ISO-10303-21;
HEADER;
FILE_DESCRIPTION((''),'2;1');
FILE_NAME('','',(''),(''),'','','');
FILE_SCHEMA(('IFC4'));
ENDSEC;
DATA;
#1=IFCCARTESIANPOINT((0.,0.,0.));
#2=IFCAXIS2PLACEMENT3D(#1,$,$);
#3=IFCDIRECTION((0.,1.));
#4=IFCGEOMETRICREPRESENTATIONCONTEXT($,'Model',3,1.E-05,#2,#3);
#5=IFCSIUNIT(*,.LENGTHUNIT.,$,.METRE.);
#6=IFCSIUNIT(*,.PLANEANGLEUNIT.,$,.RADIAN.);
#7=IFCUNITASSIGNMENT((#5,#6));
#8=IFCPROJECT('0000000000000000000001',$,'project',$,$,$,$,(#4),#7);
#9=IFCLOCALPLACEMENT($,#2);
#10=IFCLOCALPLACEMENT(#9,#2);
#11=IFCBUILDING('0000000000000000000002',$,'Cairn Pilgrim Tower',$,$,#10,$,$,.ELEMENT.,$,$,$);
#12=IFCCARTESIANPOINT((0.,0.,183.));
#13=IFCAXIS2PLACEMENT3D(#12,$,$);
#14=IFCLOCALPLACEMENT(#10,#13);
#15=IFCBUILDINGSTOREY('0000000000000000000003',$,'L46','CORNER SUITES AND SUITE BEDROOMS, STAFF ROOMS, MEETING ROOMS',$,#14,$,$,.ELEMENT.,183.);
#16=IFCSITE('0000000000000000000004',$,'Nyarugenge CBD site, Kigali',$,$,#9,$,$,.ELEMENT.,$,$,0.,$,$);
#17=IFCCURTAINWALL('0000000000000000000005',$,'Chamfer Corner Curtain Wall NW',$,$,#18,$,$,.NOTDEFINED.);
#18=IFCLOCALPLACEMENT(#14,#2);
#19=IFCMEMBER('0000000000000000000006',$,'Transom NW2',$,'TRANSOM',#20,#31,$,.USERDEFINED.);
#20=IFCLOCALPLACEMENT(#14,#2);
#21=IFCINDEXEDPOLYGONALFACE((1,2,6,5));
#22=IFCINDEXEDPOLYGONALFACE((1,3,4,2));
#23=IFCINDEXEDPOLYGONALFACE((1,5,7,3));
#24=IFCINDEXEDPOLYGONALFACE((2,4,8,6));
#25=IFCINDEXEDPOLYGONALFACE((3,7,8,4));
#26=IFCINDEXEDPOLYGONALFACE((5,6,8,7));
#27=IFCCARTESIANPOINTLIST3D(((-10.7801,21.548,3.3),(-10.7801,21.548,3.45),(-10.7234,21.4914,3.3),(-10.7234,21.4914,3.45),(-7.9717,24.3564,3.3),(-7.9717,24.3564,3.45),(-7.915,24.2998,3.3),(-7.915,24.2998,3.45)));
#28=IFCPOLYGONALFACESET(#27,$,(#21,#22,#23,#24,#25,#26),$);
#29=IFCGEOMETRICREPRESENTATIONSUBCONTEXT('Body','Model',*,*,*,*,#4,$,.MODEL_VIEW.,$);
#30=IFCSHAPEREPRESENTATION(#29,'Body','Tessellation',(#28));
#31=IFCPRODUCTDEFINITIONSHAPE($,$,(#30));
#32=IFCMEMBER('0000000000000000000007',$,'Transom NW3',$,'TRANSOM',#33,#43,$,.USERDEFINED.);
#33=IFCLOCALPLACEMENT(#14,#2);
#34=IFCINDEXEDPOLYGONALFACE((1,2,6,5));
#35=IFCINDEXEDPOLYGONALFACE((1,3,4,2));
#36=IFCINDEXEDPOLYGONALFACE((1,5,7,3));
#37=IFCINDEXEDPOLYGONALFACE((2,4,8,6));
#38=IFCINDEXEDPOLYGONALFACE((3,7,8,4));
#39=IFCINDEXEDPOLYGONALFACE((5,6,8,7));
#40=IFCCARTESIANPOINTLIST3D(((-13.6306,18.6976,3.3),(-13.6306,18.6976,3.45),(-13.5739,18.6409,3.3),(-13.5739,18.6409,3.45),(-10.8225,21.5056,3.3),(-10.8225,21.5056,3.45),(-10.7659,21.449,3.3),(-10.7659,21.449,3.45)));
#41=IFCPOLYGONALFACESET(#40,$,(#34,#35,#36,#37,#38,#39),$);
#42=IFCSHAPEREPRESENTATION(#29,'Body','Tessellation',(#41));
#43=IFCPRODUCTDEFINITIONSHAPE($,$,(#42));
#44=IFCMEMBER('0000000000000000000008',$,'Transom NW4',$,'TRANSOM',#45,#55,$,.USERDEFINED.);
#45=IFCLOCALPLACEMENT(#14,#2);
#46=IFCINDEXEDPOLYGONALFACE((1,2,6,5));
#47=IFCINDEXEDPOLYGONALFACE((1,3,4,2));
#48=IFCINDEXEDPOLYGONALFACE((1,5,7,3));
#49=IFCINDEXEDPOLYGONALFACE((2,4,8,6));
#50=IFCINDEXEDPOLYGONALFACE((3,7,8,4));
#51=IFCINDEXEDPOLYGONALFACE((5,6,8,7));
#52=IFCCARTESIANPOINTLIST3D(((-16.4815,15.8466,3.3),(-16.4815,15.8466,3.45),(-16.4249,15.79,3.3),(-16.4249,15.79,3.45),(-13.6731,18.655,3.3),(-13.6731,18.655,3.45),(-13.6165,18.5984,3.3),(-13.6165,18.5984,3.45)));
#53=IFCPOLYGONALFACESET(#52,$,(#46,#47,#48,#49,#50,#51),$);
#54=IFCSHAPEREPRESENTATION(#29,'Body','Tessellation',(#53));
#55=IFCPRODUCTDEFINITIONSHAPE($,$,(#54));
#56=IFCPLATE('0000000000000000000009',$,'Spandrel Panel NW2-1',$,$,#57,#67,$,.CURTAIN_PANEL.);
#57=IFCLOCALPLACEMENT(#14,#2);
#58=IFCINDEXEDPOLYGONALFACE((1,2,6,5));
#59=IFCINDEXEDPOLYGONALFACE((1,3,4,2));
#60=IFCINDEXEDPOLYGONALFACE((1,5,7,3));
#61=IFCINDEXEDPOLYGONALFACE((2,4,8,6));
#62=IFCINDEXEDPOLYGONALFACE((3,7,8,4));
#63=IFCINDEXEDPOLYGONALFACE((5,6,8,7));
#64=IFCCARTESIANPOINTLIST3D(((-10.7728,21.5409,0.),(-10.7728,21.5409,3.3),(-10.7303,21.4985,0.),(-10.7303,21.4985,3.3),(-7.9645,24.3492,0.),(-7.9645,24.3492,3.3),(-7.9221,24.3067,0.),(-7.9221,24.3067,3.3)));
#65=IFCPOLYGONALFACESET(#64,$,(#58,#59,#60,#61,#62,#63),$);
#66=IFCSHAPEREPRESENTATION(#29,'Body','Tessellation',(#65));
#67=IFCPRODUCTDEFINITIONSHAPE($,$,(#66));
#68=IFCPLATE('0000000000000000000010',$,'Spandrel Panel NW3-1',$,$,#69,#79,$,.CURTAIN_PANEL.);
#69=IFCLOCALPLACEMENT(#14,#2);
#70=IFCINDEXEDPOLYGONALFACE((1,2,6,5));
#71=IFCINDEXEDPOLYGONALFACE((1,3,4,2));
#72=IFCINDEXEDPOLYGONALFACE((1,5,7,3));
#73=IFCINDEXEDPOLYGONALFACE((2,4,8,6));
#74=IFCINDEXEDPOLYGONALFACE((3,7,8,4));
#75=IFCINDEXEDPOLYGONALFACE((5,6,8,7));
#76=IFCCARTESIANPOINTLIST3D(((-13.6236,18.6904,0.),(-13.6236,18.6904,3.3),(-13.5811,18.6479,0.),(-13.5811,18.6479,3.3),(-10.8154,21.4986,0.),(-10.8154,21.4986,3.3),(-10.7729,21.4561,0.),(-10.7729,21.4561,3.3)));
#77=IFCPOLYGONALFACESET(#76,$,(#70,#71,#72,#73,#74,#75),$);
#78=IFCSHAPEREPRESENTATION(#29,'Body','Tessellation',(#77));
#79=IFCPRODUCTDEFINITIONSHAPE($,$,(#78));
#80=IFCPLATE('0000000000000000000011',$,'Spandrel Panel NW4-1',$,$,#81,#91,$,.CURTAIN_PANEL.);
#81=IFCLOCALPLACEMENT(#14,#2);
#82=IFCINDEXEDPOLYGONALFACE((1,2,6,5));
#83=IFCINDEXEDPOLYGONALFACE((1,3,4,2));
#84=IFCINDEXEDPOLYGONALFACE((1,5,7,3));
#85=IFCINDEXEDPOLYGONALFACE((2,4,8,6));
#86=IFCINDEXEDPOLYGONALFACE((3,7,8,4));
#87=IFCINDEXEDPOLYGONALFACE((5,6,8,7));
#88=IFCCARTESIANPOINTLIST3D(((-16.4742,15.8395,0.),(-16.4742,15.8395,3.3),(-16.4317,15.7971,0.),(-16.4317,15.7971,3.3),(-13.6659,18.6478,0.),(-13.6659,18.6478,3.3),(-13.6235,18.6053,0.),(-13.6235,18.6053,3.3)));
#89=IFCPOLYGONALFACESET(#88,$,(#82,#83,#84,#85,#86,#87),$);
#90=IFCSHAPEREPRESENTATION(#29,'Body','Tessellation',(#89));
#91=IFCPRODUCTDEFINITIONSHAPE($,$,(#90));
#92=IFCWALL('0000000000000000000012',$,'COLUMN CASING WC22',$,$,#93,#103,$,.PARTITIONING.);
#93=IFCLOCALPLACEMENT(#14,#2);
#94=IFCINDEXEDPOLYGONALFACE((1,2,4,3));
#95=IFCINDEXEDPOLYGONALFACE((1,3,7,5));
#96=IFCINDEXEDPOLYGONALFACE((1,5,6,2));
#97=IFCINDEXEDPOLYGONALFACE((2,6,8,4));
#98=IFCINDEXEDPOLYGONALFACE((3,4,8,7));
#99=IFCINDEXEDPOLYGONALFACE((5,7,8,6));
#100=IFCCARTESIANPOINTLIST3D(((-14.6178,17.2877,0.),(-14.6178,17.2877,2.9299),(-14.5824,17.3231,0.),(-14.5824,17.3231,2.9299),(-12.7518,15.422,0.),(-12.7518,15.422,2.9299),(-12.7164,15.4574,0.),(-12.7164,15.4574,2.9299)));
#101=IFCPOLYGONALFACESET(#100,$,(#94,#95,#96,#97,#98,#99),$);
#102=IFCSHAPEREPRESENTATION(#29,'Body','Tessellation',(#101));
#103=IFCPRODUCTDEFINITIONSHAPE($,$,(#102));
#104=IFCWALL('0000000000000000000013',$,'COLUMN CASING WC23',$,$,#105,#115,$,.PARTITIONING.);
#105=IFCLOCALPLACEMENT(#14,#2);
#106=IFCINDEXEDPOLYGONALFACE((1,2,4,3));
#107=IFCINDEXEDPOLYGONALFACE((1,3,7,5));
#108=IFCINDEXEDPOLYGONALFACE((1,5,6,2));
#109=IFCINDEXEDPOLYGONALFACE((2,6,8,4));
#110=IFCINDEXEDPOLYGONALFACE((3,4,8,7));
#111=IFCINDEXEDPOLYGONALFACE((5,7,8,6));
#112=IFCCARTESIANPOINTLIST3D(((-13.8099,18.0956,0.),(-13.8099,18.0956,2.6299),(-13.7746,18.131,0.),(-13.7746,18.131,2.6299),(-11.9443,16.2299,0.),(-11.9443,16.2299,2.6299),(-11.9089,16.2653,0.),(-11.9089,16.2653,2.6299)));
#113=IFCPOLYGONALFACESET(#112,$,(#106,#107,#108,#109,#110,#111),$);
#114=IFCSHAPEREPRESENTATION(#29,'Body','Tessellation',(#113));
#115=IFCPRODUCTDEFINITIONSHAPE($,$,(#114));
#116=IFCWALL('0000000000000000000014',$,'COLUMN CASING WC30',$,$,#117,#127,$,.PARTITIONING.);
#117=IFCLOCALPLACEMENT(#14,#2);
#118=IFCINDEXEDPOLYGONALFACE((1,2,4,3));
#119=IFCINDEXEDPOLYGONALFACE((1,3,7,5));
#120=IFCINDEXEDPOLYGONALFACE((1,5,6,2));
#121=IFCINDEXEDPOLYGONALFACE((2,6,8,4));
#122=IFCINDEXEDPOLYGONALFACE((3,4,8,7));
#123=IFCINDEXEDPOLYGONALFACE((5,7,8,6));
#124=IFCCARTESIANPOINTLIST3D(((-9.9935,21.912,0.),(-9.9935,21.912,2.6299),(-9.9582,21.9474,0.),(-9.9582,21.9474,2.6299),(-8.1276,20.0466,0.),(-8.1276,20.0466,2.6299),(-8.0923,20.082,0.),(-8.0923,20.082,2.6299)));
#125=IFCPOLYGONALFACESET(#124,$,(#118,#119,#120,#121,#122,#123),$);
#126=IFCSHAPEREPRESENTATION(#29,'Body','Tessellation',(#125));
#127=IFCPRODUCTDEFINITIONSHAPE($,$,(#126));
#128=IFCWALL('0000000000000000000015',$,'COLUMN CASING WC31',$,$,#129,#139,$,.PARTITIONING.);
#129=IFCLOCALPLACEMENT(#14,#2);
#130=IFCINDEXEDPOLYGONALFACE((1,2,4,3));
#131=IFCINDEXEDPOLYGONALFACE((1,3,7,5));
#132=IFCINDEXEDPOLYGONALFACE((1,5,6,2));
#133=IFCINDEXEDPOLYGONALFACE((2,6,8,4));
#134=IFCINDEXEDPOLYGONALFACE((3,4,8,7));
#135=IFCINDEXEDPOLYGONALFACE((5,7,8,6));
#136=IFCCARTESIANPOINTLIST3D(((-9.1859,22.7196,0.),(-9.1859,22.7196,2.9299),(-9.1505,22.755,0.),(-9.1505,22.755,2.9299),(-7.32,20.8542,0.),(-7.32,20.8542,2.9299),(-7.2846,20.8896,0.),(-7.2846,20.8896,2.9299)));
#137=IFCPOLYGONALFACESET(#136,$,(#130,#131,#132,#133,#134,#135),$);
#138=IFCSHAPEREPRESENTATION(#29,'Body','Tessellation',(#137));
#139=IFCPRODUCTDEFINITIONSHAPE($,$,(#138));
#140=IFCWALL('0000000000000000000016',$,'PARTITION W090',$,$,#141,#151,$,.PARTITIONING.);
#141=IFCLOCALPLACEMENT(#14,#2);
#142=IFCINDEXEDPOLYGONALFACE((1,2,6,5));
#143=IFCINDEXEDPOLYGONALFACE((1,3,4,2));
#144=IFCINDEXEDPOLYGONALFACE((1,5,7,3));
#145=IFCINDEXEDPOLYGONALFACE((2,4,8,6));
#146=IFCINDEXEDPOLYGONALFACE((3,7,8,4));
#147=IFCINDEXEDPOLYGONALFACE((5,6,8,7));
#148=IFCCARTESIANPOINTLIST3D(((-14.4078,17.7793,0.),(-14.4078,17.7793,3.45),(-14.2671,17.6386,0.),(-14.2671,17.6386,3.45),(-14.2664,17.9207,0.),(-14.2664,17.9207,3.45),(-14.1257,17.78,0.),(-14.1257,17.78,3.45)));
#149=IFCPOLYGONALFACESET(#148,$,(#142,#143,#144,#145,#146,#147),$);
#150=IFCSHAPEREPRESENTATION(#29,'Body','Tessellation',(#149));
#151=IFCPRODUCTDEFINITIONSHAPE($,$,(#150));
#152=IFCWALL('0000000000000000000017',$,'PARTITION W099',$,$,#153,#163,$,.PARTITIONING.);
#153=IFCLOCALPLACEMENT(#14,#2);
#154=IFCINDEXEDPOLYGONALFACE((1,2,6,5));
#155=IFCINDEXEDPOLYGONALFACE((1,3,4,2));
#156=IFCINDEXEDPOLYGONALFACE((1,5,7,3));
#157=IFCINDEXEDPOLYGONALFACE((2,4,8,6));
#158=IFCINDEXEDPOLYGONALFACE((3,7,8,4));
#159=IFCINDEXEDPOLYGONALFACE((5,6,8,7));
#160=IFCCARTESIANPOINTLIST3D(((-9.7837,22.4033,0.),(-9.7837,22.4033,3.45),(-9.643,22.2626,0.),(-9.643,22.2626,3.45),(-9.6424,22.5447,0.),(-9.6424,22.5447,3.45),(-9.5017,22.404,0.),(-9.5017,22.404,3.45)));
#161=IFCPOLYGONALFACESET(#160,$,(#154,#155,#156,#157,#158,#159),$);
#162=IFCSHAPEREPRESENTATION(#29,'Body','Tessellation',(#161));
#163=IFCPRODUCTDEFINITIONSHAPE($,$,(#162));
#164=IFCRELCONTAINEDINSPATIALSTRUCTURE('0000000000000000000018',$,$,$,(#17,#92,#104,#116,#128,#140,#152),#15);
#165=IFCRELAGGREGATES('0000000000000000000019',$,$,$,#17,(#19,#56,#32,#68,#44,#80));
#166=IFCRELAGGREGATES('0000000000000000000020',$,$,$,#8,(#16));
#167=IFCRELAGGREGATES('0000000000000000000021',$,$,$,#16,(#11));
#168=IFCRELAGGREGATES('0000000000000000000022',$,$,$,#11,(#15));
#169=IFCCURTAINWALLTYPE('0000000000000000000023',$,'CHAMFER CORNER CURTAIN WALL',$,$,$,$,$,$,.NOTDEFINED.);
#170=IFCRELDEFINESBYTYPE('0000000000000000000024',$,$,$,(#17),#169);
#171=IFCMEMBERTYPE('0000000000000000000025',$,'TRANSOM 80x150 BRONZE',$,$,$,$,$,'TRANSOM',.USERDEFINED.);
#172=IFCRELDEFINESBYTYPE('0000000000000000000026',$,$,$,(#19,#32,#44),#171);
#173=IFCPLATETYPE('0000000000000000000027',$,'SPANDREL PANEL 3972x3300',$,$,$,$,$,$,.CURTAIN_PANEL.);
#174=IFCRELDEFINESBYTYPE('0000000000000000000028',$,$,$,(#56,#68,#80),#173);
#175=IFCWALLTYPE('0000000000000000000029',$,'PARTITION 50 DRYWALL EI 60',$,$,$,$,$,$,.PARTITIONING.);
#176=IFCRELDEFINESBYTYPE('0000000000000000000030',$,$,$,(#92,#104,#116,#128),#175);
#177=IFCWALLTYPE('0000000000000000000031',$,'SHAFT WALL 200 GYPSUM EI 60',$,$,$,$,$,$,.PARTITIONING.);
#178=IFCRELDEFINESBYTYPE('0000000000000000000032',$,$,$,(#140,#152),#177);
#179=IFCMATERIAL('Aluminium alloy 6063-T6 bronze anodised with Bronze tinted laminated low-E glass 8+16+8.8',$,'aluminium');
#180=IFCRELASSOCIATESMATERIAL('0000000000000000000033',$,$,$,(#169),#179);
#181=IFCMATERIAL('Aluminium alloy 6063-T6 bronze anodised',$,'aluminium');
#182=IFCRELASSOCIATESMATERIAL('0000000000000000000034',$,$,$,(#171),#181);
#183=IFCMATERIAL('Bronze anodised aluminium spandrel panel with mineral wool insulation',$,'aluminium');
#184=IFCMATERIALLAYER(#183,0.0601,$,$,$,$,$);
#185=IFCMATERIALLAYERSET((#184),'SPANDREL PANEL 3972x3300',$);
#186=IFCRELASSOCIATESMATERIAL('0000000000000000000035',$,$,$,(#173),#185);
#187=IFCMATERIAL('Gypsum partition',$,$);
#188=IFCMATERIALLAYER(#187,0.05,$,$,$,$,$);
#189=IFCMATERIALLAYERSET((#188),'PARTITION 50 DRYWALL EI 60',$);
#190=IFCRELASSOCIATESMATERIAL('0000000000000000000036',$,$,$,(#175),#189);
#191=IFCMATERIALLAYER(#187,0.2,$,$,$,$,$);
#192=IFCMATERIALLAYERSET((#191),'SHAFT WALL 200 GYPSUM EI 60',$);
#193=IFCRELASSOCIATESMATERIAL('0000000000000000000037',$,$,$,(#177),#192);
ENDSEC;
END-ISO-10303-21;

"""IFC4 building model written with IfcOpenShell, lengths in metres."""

from ifc_helpers import new_model, si_unit, direction, frame, frame_2d, origin, origin_2d, place, context, subcontext, project, spatial, rectangle, extrude, material, layer, layer_set, material_profile, profile_set, type_object, element, aggregate, save


model = new_model("IFC4")

# Units and contexts
model_context = context("Model", 3, precision=1e-05, world=origin(), true_north=direction((0.0, 1.0)))
body_context = subcontext(model_context, "Body", "Model", "MODEL_VIEW")
ifc_project = project(units=[si_unit("LENGTHUNIT", "METRE"), si_unit("PLANEANGLEUNIT", "RADIAN")], contexts=[model_context])

# Site, building, storey
site_placement = place(None, origin())
site = spatial("IfcSite", under=ifc_project, at=site_placement, Name="Nyarugenge CBD site, Kigali", CompositionType="ELEMENT", RefElevation=0.0)
building_placement = place(site_placement, origin())
building = spatial("IfcBuilding", under=site, at=building_placement, Name="Cairn Pilgrim Tower", CompositionType="ELEMENT")
storey_placement = place(building_placement, frame((0.0, 0.0, 183.0)))
storey = spatial("IfcBuildingStorey", under=building, at=storey_placement, Name="L46", Description="CORNER SUITES AND SUITE BEDROOMS, STAFF ROOMS, MEETING ROOMS", CompositionType="ELEMENT", Elevation=183.0)

# Curtain wall
ifc_material_1 = material(Name="Aluminium alloy 6063-T6 bronze anodised with Bronze tinted laminated low-E glass 8+16+8.8", Category="aluminium")
curtain_wall_type_1 = type_object("IfcCurtainWallType", Name="CHAMFER CORNER CURTAIN WALL", PredefinedType="NOTDEFINED", material=ifc_material_1)
curtain_wall_1_placement = place(storey_placement, origin())
curtain_wall_1 = element("IfcCurtainWall", 1, at=curtain_wall_1_placement, inside=storey, type_object=curtain_wall_type_1, Name="Chamfer Corner Curtain Wall NW", PredefinedType="NOTDEFINED")
ifc_material_2 = material(Name="Aluminium alloy 6063-T6 bronze anodised", Category="aluminium")

# Members
ifc_material_profile_1 = material_profile(ifc_material_2, rectangle(XDim=0.0801, YDim=0.1499, at=origin_2d()), Name="TRANSOM 80x150 BRONZE")
ifc_profile_set_1 = profile_set([ifc_material_profile_1], Name="Aluminium alloy 6063-T6 bronze anodised")
member_type_1 = type_object("IfcMemberType", Name="TRANSOM 80x150 BRONZE", ElementType="TRANSOM", PredefinedType="USERDEFINED", material=ifc_profile_set_1)
member_1_placement = place(storey_placement, frame((-7.9434, 24.3281, 3.375), z_axis=(-0.707107, -0.707107, 0.0), x_axis=(0.707107, -0.707107, 0.0)))
member_1 = element("IfcMember", 2, at=member_1_placement, type_object=member_type_1, Name="Transom NW2", ObjectType="TRANSOM", PredefinedType="USERDEFINED", context=body_context, shape_type="SweptSolid", body=[
    extrude(rectangle(XDim=0.0801, YDim=0.1499, at=origin_2d()), origin(), (0.0, 0.0, 1.0), 3.9717),
])
member_2_placement = place(storey_placement, frame((-10.7942, 21.4773, 3.375), z_axis=(-0.707107, -0.707107, 0.0), x_axis=(0.707107, -0.707107, 0.0)))
member_2 = element("IfcMember", 3, at=member_2_placement, type_object=member_type_1, Name="Transom NW3", ObjectType="TRANSOM", PredefinedType="USERDEFINED", context=body_context, shape_type="SweptSolid", body=[
    extrude(rectangle(XDim=0.0801, YDim=0.1499, at=origin_2d()), origin(), (0.0, 0.0, 1.0), 3.9712),
])
member_3_placement = place(storey_placement, frame((-13.6448, 18.6267, 3.375), z_axis=(-0.707107, -0.707107, 0.0), x_axis=(0.707107, -0.707107, 0.0)))
member_3 = element("IfcMember", 4, at=member_3_placement, type_object=member_type_1, Name="Transom NW4", ObjectType="TRANSOM", PredefinedType="USERDEFINED", context=body_context, shape_type="SweptSolid", body=[
    extrude(rectangle(XDim=0.0801, YDim=0.1499, at=origin_2d()), origin(), (0.0, 0.0, 1.0), 3.9717),
])

# Plates
ifc_material_3 = material(Name="Bronze anodised aluminium spandrel panel with mineral wool insulation", Category="aluminium")
ifc_layer_1 = layer(ifc_material_3, 0.0601)
ifc_layer_set_1 = layer_set([ifc_layer_1], Name="SPANDREL PANEL 3972x3300")
plate_type = type_object("IfcPlateType", Name="SPANDREL PANEL 3972x3300", PredefinedType="CURTAIN_PANEL", material=ifc_layer_set_1)
plate_1_placement = place(storey_placement, frame((-9.3474, 22.9238, 0.0), z_axis=(0.0, 0.0, 1.0), x_axis=(-0.707107, -0.707107, 0.0)))
plate_1 = element("IfcPlate", 5, at=plate_1_placement, type_object=plate_type, Name="Spandrel Panel NW2-1", PredefinedType="CURTAIN_PANEL", context=body_context, shape_type="SweptSolid", body=[
    extrude(rectangle(XDim=3.9714, YDim=0.0601, at=origin_2d()), origin(), (0.0, 0.0, 1.0), 3.3),
])
plate_2_placement = place(storey_placement, frame((-12.1982, 20.0732, 0.0), z_axis=(0.0, 0.0, 1.0), x_axis=(-0.707107, -0.707107, 0.0)))
plate_2 = element("IfcPlate", 6, at=plate_2_placement, type_object=plate_type, Name="Spandrel Panel NW3-1", PredefinedType="CURTAIN_PANEL", context=body_context, shape_type="SweptSolid", body=[
    extrude(rectangle(XDim=3.9714, YDim=0.0601, at=origin_2d()), origin(), (0.0, 0.0, 1.0), 3.3),
])
plate_3_placement = place(storey_placement, frame((-15.0488, 17.2224, 0.0), z_axis=(0.0, 0.0, 1.0), x_axis=(-0.707107, -0.707107, 0.0)))
plate_3 = element("IfcPlate", 7, at=plate_3_placement, type_object=plate_type, Name="Spandrel Panel NW4-1", PredefinedType="CURTAIN_PANEL", context=body_context, shape_type="SweptSolid", body=[
    extrude(rectangle(XDim=3.9714, YDim=0.0601, at=origin_2d()), origin(), (0.0, 0.0, 1.0), 3.3),
])
aggregate(curtain_wall_1, [member_1, plate_1, member_2, plate_2, member_3, plate_3])

# Walls
ifc_material_4 = material(Name="Gypsum partition")
ifc_layer_2 = layer(ifc_material_4, 0.05)
ifc_layer_set_2 = layer_set([ifc_layer_2], Name="PARTITION 50 DRYWALL EI 60")
wall_type_1 = type_object("IfcWallType", Name="PARTITION 50 DRYWALL EI 60", PredefinedType="PARTITIONING", material=ifc_layer_set_2)
wall_1_placement = place(storey_placement, frame((-12.7341, 15.4397, 0.0), z_axis=(0.0, 0.0, 1.0), x_axis=(-0.707153, 0.707061, 0.0)))
element("IfcWall", 8, at=wall_1_placement, inside=storey, type_object=wall_type_1, Name="COLUMN CASING WC22", PredefinedType="PARTITIONING", context=body_context, shape_type="SweptSolid", body=[
    extrude(rectangle(XDim=2.6387, YDim=0.05, at=frame_2d((1.3193, 0.0))), origin(), (0.0, 0.0, 1.0), 2.9299),
])
for number, where, z_axis, x_axis, name in (
    (9, (-11.9265, 16.2476, 0.0), (0.0, 0.0, 1.0), (-0.707107, 0.707107, 0.0), "COLUMN CASING WC23"),
    (10, (-8.1099, 20.0642, 0.0), (0.0, 0.0, 1.0), (-0.707199, 0.707014, 0.0), "COLUMN CASING WC30"),
):
    element("IfcWall", number, at=place(storey_placement, frame(where, z_axis=z_axis, x_axis=x_axis)), inside=storey, type_object=wall_type_1, Name=name, PredefinedType="PARTITIONING", context=body_context, shape_type="SweptSolid", body=[
        extrude(rectangle(XDim=2.6384, YDim=0.05, at=frame_2d((1.3193, 0.0))), origin(), (0.0, 0.0, 1.0), 2.6299),
    ])
wall_2_placement = place(storey_placement, frame((-7.3022, 20.8718, 0.0), z_axis=(0.0, 0.0, 1.0), x_axis=(-0.707199, 0.707014, 0.0)))
element("IfcWall", 11, at=wall_2_placement, inside=storey, type_object=wall_type_1, Name="COLUMN CASING WC31", PredefinedType="PARTITIONING", context=body_context, shape_type="SweptSolid", body=[
    extrude(rectangle(XDim=2.6384, YDim=0.05, at=frame_2d((1.3193, 0.0))), origin(), (0.0, 0.0, 1.0), 2.9299),
])
ifc_layer_3 = layer(ifc_material_4, 0.2)
ifc_layer_set_3 = layer_set([ifc_layer_3], Name="SHAFT WALL 200 GYPSUM EI 60")
wall_type_2 = type_object("IfcWallType", Name="SHAFT WALL 200 GYPSUM EI 60", PredefinedType="PARTITIONING", material=ifc_layer_set_3)
for number, where, z_axis, x_axis, name in (
    (12, (-14.1963, 17.7092, 0.0), (0.0, 0.0, 1.0), (-0.707107, 0.707107, 0.0), "PARTITION W090"),
    (13, (-9.5723, 22.3333, 0.0), (0.0, 0.0, 1.0), (-0.707107, 0.707107, 0.0), "PARTITION W099"),
):
    element("IfcWall", number, at=place(storey_placement, frame(where, z_axis=z_axis, x_axis=x_axis)), inside=storey, type_object=wall_type_2, Name=name, PredefinedType="PARTITIONING", context=body_context, shape_type="SweptSolid", body=[
        extrude(rectangle(XDim=0.199, YDim=0.2, at=frame_2d((0.0996, 0.0))), origin(), (0.0, 0.0, 1.0), 3.45),
    ])

save(model, "model.ifc")
